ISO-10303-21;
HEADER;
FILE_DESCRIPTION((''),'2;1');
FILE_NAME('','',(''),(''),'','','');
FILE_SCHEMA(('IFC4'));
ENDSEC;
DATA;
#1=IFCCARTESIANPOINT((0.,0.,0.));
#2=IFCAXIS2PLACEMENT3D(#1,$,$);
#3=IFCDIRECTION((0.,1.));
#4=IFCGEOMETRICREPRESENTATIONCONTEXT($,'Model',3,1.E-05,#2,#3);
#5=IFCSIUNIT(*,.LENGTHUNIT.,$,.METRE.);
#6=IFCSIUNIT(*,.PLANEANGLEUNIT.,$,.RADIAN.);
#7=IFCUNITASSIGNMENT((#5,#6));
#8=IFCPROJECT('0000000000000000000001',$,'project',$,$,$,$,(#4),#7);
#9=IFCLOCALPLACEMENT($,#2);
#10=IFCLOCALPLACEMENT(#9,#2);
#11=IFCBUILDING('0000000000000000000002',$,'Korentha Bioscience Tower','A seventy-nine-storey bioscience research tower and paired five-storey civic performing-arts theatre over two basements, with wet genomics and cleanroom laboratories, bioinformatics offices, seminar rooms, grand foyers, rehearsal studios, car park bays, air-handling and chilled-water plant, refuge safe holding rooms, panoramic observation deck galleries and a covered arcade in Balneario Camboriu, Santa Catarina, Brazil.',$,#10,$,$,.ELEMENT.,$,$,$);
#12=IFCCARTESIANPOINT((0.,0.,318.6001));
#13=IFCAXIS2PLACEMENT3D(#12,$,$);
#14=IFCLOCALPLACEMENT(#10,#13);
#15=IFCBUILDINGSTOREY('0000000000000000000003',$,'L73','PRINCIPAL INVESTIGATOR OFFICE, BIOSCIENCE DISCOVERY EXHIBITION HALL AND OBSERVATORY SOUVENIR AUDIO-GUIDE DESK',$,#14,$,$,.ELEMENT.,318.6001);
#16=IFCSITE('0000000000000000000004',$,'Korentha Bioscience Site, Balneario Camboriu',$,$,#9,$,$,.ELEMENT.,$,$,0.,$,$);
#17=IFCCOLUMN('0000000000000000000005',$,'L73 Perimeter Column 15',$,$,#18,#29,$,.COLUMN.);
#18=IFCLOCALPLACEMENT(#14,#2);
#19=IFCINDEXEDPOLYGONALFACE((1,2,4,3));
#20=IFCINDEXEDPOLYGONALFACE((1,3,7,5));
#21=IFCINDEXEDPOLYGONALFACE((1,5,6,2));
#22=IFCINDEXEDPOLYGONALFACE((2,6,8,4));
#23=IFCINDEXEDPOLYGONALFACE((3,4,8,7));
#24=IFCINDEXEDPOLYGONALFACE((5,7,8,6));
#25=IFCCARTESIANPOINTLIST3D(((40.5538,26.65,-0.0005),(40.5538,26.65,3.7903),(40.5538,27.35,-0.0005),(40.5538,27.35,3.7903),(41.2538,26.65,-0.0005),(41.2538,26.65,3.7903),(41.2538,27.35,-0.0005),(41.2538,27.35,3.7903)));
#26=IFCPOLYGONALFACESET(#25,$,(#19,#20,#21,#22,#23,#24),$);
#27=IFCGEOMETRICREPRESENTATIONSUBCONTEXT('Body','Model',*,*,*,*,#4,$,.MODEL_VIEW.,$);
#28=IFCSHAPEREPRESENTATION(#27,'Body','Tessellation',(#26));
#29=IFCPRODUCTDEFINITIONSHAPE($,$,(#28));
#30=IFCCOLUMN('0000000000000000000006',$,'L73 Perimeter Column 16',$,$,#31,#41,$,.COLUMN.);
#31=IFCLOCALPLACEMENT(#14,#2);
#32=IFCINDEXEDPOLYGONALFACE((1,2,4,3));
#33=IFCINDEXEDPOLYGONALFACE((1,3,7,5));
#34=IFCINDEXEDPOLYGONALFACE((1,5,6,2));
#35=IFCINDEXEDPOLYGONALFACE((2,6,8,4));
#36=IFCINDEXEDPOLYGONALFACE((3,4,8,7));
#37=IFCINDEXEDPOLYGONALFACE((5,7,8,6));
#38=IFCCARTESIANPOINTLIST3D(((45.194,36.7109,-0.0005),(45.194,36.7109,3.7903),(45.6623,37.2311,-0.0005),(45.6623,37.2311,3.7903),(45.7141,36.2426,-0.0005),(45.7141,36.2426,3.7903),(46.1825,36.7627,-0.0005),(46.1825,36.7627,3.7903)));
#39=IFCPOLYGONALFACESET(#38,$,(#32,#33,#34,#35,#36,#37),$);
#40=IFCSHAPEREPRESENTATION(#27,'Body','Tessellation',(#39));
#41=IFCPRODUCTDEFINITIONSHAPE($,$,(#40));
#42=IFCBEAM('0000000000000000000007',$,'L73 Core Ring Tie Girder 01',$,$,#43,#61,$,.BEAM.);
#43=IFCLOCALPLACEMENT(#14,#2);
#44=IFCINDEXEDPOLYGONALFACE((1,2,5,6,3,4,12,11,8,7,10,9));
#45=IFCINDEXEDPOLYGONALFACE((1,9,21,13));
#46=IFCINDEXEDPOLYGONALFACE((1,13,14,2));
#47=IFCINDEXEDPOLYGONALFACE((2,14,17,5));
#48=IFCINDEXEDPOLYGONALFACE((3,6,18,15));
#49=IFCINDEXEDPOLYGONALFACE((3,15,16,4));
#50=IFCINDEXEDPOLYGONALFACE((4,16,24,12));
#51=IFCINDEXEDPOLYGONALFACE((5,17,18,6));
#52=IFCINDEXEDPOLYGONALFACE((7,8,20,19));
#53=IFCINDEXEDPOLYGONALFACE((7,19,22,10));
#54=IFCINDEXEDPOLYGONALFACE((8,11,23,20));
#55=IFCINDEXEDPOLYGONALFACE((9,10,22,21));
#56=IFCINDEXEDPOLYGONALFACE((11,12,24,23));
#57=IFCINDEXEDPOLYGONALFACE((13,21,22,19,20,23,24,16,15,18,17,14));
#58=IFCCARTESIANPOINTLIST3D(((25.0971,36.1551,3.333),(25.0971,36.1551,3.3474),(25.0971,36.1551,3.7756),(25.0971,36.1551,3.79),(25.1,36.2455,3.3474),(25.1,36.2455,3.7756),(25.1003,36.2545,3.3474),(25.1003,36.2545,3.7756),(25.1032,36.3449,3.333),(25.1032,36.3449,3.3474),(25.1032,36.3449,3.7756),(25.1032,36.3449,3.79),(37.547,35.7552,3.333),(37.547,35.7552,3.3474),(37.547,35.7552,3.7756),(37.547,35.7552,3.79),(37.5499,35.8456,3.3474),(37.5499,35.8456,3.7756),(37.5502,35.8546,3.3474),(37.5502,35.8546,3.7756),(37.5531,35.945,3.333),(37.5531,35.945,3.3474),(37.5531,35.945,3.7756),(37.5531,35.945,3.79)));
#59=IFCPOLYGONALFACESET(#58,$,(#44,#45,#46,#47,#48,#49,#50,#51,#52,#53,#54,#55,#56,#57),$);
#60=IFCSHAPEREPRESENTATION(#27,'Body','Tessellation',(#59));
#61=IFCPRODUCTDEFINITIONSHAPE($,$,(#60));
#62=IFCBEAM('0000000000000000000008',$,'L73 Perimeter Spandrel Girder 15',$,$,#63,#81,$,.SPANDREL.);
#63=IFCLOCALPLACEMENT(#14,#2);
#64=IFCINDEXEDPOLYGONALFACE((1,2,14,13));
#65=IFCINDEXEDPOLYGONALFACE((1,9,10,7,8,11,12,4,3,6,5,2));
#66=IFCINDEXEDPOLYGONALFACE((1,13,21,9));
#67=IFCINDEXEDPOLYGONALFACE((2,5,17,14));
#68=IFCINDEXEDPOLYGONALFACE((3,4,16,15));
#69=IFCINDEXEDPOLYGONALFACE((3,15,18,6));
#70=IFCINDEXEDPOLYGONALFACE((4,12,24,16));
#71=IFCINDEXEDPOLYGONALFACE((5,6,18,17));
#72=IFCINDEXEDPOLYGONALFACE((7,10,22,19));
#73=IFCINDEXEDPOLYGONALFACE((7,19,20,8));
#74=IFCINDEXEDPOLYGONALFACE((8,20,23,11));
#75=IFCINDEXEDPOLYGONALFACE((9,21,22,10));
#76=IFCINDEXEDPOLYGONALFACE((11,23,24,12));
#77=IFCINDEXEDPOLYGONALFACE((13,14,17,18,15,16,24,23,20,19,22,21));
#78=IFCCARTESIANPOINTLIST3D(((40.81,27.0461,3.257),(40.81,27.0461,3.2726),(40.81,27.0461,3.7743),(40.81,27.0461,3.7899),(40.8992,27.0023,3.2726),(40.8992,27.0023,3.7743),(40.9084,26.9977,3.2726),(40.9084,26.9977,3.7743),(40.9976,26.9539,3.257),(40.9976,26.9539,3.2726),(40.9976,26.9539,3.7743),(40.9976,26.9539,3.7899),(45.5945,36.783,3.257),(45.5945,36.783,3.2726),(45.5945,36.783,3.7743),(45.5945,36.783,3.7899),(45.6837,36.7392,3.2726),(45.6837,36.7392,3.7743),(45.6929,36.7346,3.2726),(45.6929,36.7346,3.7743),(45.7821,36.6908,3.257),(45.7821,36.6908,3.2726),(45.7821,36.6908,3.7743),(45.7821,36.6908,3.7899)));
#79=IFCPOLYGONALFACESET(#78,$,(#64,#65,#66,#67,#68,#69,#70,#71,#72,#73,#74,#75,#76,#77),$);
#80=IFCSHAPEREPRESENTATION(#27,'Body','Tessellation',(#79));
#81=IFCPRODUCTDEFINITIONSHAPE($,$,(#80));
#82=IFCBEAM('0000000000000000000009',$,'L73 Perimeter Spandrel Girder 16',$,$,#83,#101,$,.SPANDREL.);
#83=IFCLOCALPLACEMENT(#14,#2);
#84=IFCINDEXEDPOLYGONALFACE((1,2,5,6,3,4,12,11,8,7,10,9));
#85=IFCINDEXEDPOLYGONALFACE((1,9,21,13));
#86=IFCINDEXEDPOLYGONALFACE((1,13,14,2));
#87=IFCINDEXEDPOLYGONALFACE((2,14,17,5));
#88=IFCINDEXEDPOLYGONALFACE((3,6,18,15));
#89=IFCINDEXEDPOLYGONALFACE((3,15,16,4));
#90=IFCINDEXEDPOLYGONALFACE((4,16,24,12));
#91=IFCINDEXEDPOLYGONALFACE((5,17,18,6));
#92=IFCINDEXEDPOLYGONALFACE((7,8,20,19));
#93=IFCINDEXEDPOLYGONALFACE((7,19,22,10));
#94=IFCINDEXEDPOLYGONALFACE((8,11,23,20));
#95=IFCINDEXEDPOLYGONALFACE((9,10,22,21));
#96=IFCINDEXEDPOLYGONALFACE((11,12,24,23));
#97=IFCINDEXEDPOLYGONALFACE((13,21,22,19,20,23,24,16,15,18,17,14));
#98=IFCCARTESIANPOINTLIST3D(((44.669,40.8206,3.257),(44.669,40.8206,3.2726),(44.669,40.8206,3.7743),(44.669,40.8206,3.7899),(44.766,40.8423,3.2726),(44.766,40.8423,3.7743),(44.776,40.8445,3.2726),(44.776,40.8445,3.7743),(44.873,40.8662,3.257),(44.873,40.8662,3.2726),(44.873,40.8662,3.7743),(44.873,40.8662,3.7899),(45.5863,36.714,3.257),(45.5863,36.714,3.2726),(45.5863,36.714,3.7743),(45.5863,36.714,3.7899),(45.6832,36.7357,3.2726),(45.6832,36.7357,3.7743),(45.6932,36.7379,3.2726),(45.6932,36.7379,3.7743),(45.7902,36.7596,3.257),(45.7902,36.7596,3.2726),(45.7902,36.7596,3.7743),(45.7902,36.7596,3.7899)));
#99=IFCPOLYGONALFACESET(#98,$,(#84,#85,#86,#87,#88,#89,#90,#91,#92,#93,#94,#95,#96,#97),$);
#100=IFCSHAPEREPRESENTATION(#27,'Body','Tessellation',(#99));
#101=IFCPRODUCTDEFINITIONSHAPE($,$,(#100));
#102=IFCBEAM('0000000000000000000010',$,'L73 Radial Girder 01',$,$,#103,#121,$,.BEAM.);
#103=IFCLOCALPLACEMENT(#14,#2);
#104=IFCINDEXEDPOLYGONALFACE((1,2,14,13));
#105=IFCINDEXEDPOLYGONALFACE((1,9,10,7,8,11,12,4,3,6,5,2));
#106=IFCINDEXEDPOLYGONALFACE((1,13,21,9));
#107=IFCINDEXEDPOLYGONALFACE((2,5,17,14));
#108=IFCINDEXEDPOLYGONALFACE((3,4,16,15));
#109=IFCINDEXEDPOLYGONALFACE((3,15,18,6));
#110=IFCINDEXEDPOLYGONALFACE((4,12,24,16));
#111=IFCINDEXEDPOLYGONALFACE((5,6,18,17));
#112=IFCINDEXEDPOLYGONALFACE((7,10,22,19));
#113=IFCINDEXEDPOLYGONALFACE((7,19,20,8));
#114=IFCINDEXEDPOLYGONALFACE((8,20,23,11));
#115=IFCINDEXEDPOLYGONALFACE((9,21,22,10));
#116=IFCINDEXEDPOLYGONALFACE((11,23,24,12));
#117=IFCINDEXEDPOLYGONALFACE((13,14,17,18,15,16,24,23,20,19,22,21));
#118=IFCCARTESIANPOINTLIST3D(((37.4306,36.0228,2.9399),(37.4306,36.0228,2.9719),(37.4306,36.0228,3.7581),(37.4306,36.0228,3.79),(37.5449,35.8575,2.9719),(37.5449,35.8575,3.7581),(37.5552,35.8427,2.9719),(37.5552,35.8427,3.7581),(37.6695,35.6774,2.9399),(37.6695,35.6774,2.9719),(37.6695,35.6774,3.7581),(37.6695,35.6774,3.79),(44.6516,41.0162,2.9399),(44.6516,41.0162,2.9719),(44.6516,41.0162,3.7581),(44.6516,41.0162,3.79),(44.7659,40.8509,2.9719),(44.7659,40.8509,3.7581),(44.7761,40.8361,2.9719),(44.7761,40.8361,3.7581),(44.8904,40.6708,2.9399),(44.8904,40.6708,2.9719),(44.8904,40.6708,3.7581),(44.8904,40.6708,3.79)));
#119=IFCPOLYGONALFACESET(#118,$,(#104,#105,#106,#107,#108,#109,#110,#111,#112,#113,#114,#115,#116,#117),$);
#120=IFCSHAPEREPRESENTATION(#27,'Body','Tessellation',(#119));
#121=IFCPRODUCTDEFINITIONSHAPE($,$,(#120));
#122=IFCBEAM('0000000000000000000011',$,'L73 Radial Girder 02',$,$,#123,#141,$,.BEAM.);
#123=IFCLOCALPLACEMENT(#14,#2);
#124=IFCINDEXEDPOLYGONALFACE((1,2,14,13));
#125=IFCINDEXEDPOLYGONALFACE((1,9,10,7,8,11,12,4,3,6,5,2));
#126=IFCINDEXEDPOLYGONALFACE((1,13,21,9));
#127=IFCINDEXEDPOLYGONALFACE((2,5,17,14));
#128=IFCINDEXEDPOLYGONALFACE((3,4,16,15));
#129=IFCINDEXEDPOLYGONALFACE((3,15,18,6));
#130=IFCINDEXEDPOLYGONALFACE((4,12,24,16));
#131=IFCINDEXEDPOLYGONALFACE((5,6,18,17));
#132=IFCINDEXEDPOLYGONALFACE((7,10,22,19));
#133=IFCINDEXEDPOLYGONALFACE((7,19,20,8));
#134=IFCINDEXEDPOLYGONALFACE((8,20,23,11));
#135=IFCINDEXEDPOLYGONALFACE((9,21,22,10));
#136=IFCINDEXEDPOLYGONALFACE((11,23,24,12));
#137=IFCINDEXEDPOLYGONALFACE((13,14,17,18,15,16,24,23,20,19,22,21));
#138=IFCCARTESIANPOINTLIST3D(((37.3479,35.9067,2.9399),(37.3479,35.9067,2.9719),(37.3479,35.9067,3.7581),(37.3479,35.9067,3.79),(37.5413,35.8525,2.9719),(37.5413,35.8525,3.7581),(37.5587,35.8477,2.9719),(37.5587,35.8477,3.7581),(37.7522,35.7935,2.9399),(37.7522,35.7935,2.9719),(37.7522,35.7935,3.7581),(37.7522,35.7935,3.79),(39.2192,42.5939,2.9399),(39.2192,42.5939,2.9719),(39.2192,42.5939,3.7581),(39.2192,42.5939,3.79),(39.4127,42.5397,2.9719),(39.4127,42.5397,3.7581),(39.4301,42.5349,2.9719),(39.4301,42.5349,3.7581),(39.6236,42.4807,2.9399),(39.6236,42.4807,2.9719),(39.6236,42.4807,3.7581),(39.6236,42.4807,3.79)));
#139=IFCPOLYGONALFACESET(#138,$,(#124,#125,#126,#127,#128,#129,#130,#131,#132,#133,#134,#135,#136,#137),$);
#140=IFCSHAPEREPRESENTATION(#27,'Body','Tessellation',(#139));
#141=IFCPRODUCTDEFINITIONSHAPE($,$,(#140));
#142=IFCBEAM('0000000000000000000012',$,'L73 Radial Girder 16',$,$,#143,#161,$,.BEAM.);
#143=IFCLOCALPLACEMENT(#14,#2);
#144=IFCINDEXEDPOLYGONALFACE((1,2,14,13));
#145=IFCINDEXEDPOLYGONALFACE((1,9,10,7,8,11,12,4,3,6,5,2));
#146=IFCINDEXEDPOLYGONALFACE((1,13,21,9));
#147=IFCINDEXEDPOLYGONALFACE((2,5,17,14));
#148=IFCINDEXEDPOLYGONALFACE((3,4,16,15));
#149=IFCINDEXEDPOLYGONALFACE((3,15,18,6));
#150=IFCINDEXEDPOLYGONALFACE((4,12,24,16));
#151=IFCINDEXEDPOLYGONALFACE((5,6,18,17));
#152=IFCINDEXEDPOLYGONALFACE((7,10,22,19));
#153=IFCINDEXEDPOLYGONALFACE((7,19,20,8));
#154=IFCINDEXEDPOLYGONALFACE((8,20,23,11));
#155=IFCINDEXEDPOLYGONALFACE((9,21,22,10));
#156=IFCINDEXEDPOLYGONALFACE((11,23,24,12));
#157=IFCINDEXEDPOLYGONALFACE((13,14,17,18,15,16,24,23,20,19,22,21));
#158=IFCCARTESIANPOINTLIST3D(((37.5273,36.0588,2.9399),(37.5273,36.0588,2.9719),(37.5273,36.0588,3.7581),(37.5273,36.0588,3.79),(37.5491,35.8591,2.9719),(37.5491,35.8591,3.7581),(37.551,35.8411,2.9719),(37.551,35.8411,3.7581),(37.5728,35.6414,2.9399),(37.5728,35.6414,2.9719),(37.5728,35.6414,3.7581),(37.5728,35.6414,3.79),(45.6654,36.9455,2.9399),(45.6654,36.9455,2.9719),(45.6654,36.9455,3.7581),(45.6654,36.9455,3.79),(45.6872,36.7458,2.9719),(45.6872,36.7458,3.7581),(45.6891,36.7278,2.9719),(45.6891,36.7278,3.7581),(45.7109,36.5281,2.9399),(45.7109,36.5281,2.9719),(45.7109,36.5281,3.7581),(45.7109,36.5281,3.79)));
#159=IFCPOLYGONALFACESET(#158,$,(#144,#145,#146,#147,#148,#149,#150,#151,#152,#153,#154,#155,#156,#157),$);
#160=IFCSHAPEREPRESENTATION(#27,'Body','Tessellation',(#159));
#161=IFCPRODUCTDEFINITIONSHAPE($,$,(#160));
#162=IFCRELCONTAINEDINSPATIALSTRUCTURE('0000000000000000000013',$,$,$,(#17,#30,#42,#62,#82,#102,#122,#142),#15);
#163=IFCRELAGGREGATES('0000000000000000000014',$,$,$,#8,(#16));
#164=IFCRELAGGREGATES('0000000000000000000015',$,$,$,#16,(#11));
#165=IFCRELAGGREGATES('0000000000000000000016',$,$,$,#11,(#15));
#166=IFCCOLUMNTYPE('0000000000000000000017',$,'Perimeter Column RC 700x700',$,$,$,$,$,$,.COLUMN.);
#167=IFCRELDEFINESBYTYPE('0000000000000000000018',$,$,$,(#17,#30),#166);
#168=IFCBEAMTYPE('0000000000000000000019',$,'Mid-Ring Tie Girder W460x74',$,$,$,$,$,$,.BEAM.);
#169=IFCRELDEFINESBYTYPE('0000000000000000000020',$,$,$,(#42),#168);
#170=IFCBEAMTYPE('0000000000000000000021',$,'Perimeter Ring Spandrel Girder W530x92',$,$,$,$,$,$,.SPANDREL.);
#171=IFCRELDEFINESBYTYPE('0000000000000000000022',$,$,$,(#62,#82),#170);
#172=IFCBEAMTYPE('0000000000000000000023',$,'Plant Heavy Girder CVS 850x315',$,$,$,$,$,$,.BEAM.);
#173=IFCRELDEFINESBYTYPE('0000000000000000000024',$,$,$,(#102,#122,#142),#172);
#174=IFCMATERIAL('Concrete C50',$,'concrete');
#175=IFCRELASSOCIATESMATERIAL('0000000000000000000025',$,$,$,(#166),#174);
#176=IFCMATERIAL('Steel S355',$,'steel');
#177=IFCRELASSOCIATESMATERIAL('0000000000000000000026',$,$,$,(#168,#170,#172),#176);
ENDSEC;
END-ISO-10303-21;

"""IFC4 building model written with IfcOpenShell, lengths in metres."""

from ifc_helpers import new_model, si_unit, direction, frame, origin, origin_2d, place, context, subcontext, project, spatial, rectangle, i_section, extrude, material, material_profile, profile_set, type_object, element, save


model = new_model("IFC4")

# Units and contexts
model_context = context("Model", 3, precision=1e-05, world=origin(), true_north=direction((0.0, 1.0)))
body_context = subcontext(model_context, "Body", "Model", "MODEL_VIEW")
ifc_project = project(units=[si_unit("LENGTHUNIT", "METRE"), si_unit("PLANEANGLEUNIT", "RADIAN")], contexts=[model_context])

# Site, building, storey
site_placement = place(None, origin())
site = spatial("IfcSite", under=ifc_project, at=site_placement, Name="Korentha Bioscience Site, Balneario Camboriu", CompositionType="ELEMENT", RefElevation=0.0)
building_placement = place(site_placement, origin())
building = spatial("IfcBuilding", under=site, at=building_placement, Name="Korentha Bioscience Tower", Description="A seventy-nine-storey bioscience research tower and paired five-storey civic performing-arts theatre over two basements, with wet genomics and cleanroom laboratories, bioinformatics offices, seminar rooms, grand foyers, rehearsal studios, car park bays, air-handling and chilled-water plant, refuge safe holding rooms, panoramic observation deck galleries and a covered arcade in Balneario Camboriu, Santa Catarina, Brazil.", CompositionType="ELEMENT")
storey_placement = place(building_placement, frame((0.0, 0.0, 318.6001)))
storey = spatial("IfcBuildingStorey", under=building, at=storey_placement, Name="L73", Description="PRINCIPAL INVESTIGATOR OFFICE, BIOSCIENCE DISCOVERY EXHIBITION HALL AND OBSERVATORY SOUVENIR AUDIO-GUIDE DESK", CompositionType="ELEMENT", Elevation=318.6001)

# Columns
ifc_material_1 = material(Name="Concrete C50", Category="concrete")
ifc_material_profile_1 = material_profile(ifc_material_1, rectangle(XDim=0.7, YDim=0.7, at=origin_2d()), Name="Concrete C50")
ifc_profile_set_1 = profile_set([ifc_material_profile_1], Name="Concrete C50 (COL-P07)")
column_type = type_object("IfcColumnType", Name="Perimeter Column RC 700x700", PredefinedType="COLUMN", material=ifc_profile_set_1)
for number, where, z_axis, x_axis, name in (
    (1, (40.9038, 27.0, -0.0005), (0.0, 0.0, 1.0), (0.0, 1.0, 0.0), "L73 Perimeter Column 15"),
    (2, (45.6882, 36.7368, -0.0005), (0.0, 0.0, 1.0), (0.669131, 0.743145, 0.0), "L73 Perimeter Column 16"),
):
    element("IfcColumn", number, at=place(storey_placement, frame(where, z_axis=z_axis, x_axis=x_axis)), inside=storey, type_object=column_type, Name=name, PredefinedType="COLUMN", context=body_context, shape_type="SweptSolid", body=[
        extrude(rectangle(XDim=0.7, YDim=0.7, at=origin_2d()), origin(), (0.0, 0.0, 1.0), 3.7908),
    ])

# Beams
ifc_material_2 = material(Name="Steel S355", Category="steel")
ifc_material_profile_2 = material_profile(ifc_material_2, i_section(OverallWidth=0.1899, OverallDepth=0.457, WebThickness=0.009, FlangeThickness=0.0144, at=origin_2d()), Name="Steel S355")
ifc_profile_set_2 = profile_set([ifc_material_profile_2], Name="Steel S355 (MB-460)")
beam_type_1 = type_object("IfcBeamType", Name="Mid-Ring Tie Girder W460x74", PredefinedType="BEAM", material=ifc_profile_set_2)
beam_1_placement = place(storey_placement, frame((37.55, 35.8501, 3.5615), z_axis=(-0.999485, 0.032104, 0.0), x_axis=(-0.032104, -0.999485, 0.0)))
element("IfcBeam", 3, at=beam_1_placement, inside=storey, type_object=beam_type_1, Name="L73 Core Ring Tie Girder 01", PredefinedType="BEAM", context=body_context, shape_type="SweptSolid", body=[
    extrude(i_section(OverallWidth=0.1899, OverallDepth=0.457, WebThickness=0.009, FlangeThickness=0.0144, at=origin_2d()), origin(), (0.0, 0.0, 1.0), 12.4563),
])
ifc_material_profile_3 = material_profile(ifc_material_2, i_section(OverallWidth=0.209, OverallDepth=0.533, WebThickness=0.0103, FlangeThickness=0.0156, at=origin_2d()), Name="Steel S355")
ifc_profile_set_3 = profile_set([ifc_material_profile_3], Name="Steel S355 (SB-530)")
beam_type_2 = type_object("IfcBeamType", Name="Perimeter Ring Spandrel Girder W530x92", PredefinedType="SPANDREL", material=ifc_profile_set_3)
beam_2_placement = place(storey_placement, frame((40.9038, 27.0, 3.5234), z_axis=(0.44101, 0.897502, 0.0), x_axis=(-0.897502, 0.44101, 0.0)))
element("IfcBeam", 4, at=beam_2_placement, inside=storey, type_object=beam_type_2, Name="L73 Perimeter Spandrel Girder 15", PredefinedType="SPANDREL", context=body_context, shape_type="SweptSolid", body=[
    extrude(i_section(OverallWidth=0.209, OverallDepth=0.533, WebThickness=0.0103, FlangeThickness=0.0156, at=origin_2d()), origin(), (0.0, 0.0, 1.0), 10.8489),
])
beam_3_placement = place(storey_placement, frame((45.6882, 36.7368, 3.5234), z_axis=(-0.217981, 0.975953, 0.0), x_axis=(-0.975953, -0.217981, 0.0)))
element("IfcBeam", 5, at=beam_3_placement, inside=storey, type_object=beam_type_2, Name="L73 Perimeter Spandrel Girder 16", PredefinedType="SPANDREL", context=body_context, shape_type="SweptSolid", body=[
    extrude(i_section(OverallWidth=0.209, OverallDepth=0.533, WebThickness=0.0103, FlangeThickness=0.0156, at=origin_2d()), origin(), (0.0, 0.0, 1.0), 4.2078),
])
ifc_material_profile_4 = material_profile(ifc_material_2, i_section(OverallWidth=0.4199, OverallDepth=0.8501, WebThickness=0.0181, FlangeThickness=0.032, at=origin_2d()), Name="Steel S355")
ifc_profile_set_4 = profile_set([ifc_material_profile_4], Name="Steel S355 (MB-850)")
beam_type_3 = type_object("IfcBeamType", Name="Plant Heavy Girder CVS 850x315", PredefinedType="BEAM", material=ifc_profile_set_4)
beam_4_placement = place(storey_placement, frame((37.55, 35.8501, 3.365), z_axis=(0.822496, 0.56877, 0.0), x_axis=(-0.56877, 0.822496, 0.0)))
element("IfcBeam", 6, at=beam_4_placement, inside=storey, type_object=beam_type_3, Name="L73 Radial Girder 01", PredefinedType="BEAM", context=body_context, shape_type="SweptSolid", body=[
    extrude(i_section(OverallWidth=0.4199, OverallDepth=0.8501, WebThickness=0.0181, FlangeThickness=0.032, at=origin_2d()), origin(), (0.0, 0.0, 1.0), 8.7793),
])
beam_5_placement = place(storey_placement, frame((37.55, 35.8501, 3.365), z_axis=(0.269484, 0.963005, 0.0), x_axis=(-0.963005, 0.269484, 0.0)))
element("IfcBeam", 7, at=beam_5_placement, inside=storey, type_object=beam_type_3, Name="L73 Radial Girder 02", PredefinedType="BEAM", context=body_context, shape_type="SweptSolid", body=[
    extrude(i_section(OverallWidth=0.4199, OverallDepth=0.8501, WebThickness=0.0181, FlangeThickness=0.032, at=origin_2d()), origin(), (0.0, 0.0, 1.0), 6.9441),
])
beam_6_placement = place(storey_placement, frame((37.55, 35.8501, 3.365), z_axis=(0.994116, 0.108317, 0.0), x_axis=(-0.108317, 0.994116, 0.0)))
element("IfcBeam", 8, at=beam_6_placement, inside=storey, type_object=beam_type_3, Name="L73 Radial Girder 16", PredefinedType="BEAM", context=body_context, shape_type="SweptSolid", body=[
    extrude(i_section(OverallWidth=0.4199, OverallDepth=0.8501, WebThickness=0.0181, FlangeThickness=0.032, at=origin_2d()), origin(), (0.0, 0.0, 1.0), 8.1863),
])

save(model, "model.ifc")
